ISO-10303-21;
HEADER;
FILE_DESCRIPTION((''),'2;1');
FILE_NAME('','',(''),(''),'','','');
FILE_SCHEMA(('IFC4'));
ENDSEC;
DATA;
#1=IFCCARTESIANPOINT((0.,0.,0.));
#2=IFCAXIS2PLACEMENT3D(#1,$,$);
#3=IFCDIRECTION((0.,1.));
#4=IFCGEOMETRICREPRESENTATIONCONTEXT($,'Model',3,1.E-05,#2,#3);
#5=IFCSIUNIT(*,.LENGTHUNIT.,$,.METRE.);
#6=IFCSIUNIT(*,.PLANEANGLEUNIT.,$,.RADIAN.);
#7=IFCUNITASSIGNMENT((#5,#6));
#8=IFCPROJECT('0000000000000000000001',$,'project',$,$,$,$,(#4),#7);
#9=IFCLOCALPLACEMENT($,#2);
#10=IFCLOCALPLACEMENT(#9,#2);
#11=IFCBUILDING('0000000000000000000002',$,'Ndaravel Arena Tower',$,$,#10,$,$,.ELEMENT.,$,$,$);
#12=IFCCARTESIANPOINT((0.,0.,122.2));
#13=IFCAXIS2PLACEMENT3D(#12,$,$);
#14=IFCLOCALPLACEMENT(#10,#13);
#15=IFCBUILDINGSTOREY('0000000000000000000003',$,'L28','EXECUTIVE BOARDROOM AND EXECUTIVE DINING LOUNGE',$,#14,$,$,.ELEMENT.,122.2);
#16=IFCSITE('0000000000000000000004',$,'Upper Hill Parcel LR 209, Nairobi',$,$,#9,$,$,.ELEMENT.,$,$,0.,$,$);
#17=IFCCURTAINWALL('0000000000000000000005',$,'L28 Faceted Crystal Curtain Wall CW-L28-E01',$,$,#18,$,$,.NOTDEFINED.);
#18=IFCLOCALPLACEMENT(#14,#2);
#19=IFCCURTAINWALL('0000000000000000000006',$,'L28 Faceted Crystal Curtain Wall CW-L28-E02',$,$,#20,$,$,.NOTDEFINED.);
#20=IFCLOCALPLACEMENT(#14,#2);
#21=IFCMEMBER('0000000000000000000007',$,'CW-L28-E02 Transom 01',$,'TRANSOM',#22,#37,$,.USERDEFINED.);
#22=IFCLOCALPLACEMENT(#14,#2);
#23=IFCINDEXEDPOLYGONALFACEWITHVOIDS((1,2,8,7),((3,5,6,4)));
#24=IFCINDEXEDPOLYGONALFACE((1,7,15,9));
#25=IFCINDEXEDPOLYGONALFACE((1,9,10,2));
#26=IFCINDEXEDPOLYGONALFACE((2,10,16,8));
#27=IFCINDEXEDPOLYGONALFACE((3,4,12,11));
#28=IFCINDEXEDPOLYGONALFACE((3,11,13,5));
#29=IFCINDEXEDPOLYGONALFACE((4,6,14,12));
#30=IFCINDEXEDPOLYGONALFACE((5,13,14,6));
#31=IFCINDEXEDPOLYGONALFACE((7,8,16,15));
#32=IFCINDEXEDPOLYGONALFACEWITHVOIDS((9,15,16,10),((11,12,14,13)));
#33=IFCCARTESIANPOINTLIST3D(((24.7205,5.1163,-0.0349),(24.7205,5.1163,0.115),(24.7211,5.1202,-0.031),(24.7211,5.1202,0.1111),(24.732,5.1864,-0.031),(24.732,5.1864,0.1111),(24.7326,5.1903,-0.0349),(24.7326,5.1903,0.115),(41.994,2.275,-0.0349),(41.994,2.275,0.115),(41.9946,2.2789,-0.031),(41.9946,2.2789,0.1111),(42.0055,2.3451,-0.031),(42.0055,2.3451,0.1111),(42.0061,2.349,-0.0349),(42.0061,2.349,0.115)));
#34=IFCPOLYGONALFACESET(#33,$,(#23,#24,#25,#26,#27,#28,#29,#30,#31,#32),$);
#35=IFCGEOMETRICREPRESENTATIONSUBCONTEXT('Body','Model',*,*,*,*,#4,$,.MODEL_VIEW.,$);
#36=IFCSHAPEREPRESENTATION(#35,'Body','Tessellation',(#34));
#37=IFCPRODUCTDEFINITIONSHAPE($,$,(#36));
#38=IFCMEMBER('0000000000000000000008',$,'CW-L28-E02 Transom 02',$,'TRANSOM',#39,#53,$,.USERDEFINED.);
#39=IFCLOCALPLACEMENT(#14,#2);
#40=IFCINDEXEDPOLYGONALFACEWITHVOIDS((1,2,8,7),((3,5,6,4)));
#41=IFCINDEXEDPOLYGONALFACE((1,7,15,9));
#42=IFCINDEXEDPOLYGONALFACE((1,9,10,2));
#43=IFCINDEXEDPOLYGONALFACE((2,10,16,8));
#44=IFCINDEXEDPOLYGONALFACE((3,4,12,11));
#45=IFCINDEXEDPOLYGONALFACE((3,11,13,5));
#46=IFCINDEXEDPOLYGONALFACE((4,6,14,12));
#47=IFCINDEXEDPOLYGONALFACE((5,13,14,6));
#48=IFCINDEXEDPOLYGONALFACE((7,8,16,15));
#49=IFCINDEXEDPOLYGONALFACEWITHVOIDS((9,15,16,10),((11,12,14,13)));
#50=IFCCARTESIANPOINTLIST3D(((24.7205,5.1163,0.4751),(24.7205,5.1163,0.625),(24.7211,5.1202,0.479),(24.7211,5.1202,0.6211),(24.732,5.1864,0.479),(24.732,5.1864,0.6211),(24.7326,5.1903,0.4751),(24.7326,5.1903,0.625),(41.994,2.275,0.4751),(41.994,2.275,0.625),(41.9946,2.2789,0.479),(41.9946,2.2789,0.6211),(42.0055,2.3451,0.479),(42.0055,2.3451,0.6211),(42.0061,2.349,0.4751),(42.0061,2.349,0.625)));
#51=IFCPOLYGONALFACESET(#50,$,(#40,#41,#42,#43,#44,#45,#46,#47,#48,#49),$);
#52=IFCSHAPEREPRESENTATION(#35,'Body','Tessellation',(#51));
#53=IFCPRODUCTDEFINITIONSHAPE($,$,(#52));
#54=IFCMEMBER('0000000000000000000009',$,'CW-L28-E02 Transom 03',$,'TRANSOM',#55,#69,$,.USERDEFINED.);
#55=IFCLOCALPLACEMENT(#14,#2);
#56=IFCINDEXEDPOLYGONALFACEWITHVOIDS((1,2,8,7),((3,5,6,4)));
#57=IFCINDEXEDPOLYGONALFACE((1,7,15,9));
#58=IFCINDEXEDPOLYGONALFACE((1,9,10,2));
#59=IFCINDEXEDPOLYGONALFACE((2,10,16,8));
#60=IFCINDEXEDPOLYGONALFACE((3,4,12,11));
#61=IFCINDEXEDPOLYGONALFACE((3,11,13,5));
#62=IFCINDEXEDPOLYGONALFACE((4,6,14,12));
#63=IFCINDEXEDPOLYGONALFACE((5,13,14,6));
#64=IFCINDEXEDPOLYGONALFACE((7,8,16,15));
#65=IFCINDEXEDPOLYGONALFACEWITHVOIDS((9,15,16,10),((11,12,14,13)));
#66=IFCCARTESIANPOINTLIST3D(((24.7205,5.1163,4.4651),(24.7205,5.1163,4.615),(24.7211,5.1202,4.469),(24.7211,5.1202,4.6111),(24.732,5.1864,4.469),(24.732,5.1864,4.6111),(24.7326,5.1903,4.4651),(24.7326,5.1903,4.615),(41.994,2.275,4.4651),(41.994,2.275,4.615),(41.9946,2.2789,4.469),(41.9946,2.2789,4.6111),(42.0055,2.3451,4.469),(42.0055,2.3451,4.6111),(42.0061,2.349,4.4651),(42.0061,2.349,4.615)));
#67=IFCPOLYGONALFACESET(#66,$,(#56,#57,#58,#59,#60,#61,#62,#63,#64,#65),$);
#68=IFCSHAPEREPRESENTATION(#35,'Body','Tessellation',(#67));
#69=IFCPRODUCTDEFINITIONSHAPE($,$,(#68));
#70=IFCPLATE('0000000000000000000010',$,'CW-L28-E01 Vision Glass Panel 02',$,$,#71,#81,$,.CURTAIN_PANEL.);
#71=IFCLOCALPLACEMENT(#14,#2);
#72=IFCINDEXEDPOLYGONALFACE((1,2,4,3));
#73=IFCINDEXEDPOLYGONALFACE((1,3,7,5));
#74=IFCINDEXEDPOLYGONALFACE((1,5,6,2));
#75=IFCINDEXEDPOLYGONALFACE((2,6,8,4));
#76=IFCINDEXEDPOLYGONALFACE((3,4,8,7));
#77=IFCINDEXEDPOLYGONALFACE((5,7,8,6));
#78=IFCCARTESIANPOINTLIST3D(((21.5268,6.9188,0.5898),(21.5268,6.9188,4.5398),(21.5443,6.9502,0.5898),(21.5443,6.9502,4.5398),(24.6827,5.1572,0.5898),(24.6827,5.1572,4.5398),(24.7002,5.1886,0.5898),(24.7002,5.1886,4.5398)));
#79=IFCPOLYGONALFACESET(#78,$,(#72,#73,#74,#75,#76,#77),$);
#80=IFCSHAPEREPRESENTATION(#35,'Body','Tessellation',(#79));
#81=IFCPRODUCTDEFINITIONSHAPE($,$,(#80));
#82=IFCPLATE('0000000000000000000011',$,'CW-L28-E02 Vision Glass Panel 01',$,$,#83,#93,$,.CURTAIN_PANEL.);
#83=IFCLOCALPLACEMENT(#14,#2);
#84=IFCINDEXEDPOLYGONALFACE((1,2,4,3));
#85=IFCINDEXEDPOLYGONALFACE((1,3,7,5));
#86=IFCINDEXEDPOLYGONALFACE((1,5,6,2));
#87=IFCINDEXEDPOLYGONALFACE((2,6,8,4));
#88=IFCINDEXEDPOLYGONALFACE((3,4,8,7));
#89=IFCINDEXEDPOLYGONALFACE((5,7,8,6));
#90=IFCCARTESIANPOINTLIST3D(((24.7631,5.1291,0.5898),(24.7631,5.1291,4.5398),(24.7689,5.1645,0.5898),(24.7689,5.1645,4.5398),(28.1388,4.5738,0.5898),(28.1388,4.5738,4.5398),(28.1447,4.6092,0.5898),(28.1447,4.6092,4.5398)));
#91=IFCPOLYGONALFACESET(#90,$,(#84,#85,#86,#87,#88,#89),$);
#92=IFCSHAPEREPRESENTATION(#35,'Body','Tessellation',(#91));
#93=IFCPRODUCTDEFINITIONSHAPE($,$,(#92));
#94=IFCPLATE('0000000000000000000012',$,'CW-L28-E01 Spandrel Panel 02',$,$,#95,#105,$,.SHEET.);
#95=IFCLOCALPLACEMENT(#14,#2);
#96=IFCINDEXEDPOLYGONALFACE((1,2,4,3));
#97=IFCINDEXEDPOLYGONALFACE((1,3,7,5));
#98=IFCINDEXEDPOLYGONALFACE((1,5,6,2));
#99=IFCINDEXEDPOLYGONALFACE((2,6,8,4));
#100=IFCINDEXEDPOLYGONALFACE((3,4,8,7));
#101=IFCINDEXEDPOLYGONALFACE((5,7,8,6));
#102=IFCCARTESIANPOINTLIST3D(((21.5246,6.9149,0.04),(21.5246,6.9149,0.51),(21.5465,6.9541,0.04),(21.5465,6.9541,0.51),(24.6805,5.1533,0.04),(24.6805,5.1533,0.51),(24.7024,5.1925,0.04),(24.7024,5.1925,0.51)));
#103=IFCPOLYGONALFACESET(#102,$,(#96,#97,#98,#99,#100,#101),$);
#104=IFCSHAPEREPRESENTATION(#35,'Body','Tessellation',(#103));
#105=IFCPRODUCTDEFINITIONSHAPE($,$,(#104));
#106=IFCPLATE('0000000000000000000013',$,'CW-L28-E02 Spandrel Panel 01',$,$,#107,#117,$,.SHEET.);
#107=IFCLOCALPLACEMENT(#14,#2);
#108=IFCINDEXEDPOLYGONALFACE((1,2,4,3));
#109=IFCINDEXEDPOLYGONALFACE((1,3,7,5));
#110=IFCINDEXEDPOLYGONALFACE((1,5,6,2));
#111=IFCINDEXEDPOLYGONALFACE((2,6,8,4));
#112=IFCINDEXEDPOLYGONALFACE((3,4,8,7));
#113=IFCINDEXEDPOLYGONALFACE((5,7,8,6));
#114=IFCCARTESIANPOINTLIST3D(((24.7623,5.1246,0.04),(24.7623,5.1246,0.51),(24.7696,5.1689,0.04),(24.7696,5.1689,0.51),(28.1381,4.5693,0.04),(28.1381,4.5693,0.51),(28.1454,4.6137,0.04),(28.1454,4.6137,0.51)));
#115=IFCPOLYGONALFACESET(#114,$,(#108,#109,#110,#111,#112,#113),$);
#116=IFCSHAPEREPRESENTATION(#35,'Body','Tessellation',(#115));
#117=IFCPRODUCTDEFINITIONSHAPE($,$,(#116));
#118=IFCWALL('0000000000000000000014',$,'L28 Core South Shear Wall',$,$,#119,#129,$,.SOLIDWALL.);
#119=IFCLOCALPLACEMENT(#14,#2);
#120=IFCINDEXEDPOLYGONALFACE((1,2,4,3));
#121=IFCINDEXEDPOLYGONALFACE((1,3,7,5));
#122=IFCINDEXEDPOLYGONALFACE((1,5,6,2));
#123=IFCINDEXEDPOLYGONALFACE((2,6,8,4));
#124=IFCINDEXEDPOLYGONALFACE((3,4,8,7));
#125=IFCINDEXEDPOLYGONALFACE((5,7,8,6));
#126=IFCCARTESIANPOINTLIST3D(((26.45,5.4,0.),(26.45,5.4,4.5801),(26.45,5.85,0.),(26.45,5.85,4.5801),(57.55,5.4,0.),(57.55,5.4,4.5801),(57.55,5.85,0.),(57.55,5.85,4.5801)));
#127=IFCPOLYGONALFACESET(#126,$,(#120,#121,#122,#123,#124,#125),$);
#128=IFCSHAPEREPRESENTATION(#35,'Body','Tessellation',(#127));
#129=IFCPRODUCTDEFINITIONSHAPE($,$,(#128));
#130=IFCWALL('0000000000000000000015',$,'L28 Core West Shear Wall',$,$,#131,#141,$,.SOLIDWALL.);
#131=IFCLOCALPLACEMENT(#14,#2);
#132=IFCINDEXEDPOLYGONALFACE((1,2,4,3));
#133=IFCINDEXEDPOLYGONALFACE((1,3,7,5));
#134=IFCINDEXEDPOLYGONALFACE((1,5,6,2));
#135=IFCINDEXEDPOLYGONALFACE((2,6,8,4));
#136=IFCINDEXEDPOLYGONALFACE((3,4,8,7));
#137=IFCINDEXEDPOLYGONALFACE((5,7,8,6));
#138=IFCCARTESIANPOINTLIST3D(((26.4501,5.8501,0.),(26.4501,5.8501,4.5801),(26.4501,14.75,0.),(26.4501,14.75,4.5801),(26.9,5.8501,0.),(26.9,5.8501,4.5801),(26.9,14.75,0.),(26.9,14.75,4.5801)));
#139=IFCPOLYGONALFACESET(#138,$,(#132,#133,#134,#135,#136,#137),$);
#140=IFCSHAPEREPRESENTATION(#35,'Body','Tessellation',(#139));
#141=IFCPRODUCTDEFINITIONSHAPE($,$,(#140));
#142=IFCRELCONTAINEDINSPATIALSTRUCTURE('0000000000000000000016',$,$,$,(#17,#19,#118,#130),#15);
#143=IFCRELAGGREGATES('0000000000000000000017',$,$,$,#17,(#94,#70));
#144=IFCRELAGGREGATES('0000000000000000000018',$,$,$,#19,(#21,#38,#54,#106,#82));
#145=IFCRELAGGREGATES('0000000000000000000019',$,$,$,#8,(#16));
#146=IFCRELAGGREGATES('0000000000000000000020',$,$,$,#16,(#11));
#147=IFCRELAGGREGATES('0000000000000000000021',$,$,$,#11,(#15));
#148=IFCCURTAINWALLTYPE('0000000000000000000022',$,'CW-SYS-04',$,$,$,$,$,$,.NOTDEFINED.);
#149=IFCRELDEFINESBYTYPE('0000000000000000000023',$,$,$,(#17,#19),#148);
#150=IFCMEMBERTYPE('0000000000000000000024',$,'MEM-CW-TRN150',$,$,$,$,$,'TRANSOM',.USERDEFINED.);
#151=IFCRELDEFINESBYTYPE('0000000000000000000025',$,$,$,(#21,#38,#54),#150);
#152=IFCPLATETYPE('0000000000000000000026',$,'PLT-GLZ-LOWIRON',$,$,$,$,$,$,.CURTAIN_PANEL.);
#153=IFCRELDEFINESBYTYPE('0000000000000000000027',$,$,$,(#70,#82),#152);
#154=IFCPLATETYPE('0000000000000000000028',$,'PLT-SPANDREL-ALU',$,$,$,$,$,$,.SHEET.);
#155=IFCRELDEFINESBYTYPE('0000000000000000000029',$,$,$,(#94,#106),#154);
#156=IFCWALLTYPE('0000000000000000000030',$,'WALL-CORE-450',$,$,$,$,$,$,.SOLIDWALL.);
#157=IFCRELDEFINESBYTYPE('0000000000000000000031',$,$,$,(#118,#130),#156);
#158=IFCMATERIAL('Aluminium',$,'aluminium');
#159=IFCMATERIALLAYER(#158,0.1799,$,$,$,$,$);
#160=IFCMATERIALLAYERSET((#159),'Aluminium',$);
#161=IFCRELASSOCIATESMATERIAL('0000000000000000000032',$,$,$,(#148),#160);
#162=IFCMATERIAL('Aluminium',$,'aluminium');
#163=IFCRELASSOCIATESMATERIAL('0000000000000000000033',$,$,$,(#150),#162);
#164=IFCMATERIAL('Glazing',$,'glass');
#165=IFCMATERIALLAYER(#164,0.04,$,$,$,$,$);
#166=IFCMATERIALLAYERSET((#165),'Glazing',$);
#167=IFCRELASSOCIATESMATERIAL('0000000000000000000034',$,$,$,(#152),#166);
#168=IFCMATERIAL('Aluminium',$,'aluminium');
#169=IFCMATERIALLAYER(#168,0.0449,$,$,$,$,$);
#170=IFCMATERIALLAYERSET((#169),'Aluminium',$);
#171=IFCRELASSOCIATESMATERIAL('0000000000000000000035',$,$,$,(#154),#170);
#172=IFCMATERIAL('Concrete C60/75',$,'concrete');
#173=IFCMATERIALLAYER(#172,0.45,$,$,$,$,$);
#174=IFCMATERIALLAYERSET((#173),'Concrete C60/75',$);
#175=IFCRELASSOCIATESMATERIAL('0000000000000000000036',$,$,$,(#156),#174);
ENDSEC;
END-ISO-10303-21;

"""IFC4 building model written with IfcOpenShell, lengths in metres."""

from ifc_helpers import new_model, si_unit, direction, frame, frame_2d, origin, origin_2d, place, context, subcontext, project, spatial, rectangle, hollow_rectangle, extrude, material, layer, layer_set, material_profile, profile_set, type_object, element, aggregate, save


model = new_model("IFC4")

# Units and contexts
model_context = context("Model", 3, precision=1e-05, world=origin(), true_north=direction((0.0, 1.0)))
body_context = subcontext(model_context, "Body", "Model", "MODEL_VIEW")
ifc_project = project(units=[si_unit("LENGTHUNIT", "METRE"), si_unit("PLANEANGLEUNIT", "RADIAN")], contexts=[model_context])

# Site, building, storey
site_placement = place(None, origin())
site = spatial("IfcSite", under=ifc_project, at=site_placement, Name="Upper Hill Parcel LR 209, Nairobi", CompositionType="ELEMENT", RefElevation=0.0)
building_placement = place(site_placement, origin())
building = spatial("IfcBuilding", under=site, at=building_placement, Name="Ndaravel Arena Tower", CompositionType="ELEMENT")
storey_placement = place(building_placement, frame((0.0, 0.0, 122.2)))
storey = spatial("IfcBuildingStorey", under=building, at=storey_placement, Name="L28", Description="EXECUTIVE BOARDROOM AND EXECUTIVE DINING LOUNGE", CompositionType="ELEMENT", Elevation=122.2)

# Curtain wall
ifc_material_1 = material(Name="Aluminium", Category="aluminium")
ifc_layer_1 = layer(ifc_material_1, 0.1799)
ifc_layer_set_1 = layer_set([ifc_layer_1], Name="Aluminium")
curtain_wall_type = type_object("IfcCurtainWallType", Name="CW-SYS-04", PredefinedType="NOTDEFINED", material=ifc_layer_set_1)
curtain_wall_1_placement = place(storey_placement, origin())
curtain_wall_1 = element("IfcCurtainWall", 1, at=curtain_wall_1_placement, inside=storey, type_object=curtain_wall_type, Name="L28 Faceted Crystal Curtain Wall CW-L28-E01", PredefinedType="NOTDEFINED")

# Curtain wall, members
curtain_wall_2_placement = place(storey_placement, origin())
curtain_wall_2 = element("IfcCurtainWall", 2, at=curtain_wall_2_placement, inside=storey, type_object=curtain_wall_type, Name="L28 Faceted Crystal Curtain Wall CW-L28-E02", PredefinedType="NOTDEFINED")
ifc_material_2 = material(Name="Aluminium", Category="aluminium")
ifc_material_profile_1 = material_profile(ifc_material_2, hollow_rectangle(XDim=0.075, YDim=0.1499, WallThickness=0.0039, at=origin_2d()), Name="CW TRANSOM 75x150x4")
ifc_profile_set_1 = profile_set([ifc_material_profile_1], Name="Aluminium")
member_type_1 = type_object("IfcMemberType", Name="MEM-CW-TRN150", ElementType="TRANSOM", PredefinedType="USERDEFINED", material=ifc_profile_set_1)
member_1_placement = place(storey_placement, frame((24.7266, 5.1533, 0.04), z_axis=(0.98674, -0.162309, 0.0), x_axis=(0.162309, 0.98674, 0.0)))
member_1 = element("IfcMember", 3, at=member_1_placement, type_object=member_type_1, Name="CW-L28-E02 Transom 01", ObjectType="TRANSOM", PredefinedType="USERDEFINED", context=body_context, shape_type="SweptSolid", body=[
    extrude(hollow_rectangle(XDim=0.075, YDim=0.1499, WallThickness=0.0039, at=origin_2d()), origin(), (0.0, 0.0, 1.0), 17.5056),
])
member_2_placement = place(storey_placement, frame((24.7266, 5.1533, 0.55), z_axis=(0.98674, -0.162309, 0.0), x_axis=(0.162309, 0.98674, 0.0)))
member_2 = element("IfcMember", 4, at=member_2_placement, type_object=member_type_1, Name="CW-L28-E02 Transom 02", ObjectType="TRANSOM", PredefinedType="USERDEFINED", context=body_context, shape_type="SweptSolid", body=[
    extrude(hollow_rectangle(XDim=0.075, YDim=0.1499, WallThickness=0.0039, at=origin_2d()), origin(), (0.0, 0.0, 1.0), 17.5056),
])
member_3_placement = place(storey_placement, frame((24.7266, 5.1533, 4.54), z_axis=(0.98674, -0.162309, 0.0), x_axis=(0.162309, 0.98674, 0.0)))
member_3 = element("IfcMember", 5, at=member_3_placement, type_object=member_type_1, Name="CW-L28-E02 Transom 03", ObjectType="TRANSOM", PredefinedType="USERDEFINED", context=body_context, shape_type="SweptSolid", body=[
    extrude(hollow_rectangle(XDim=0.075, YDim=0.1499, WallThickness=0.0039, at=origin_2d()), origin(), (0.0, 0.0, 1.0), 17.5056),
])

# Plates
ifc_material_3 = material(Name="Glazing", Category="glass")
ifc_layer_2 = layer(ifc_material_3, 0.04)
ifc_layer_set_2 = layer_set([ifc_layer_2], Name="Glazing")
plate_type_1 = type_object("IfcPlateType", Name="PLT-GLZ-LOWIRON", PredefinedType="CURTAIN_PANEL", material=ifc_layer_set_2)
plate_1_placement = place(storey_placement, frame((23.1135, 6.0537, 0.5898), z_axis=(0.0, 0.0, 1.0), x_axis=(0.873177, -0.487403, 0.0)))
plate_1 = element("IfcPlate", 6, at=plate_1_placement, type_object=plate_type_1, Name="CW-L28-E01 Vision Glass Panel 02", PredefinedType="CURTAIN_PANEL", context=body_context, shape_type="SweptSolid", body=[
    extrude(rectangle(XDim=3.6143, YDim=0.0359, at=origin_2d()), origin(), (0.0, 0.0, 1.0), 3.95),
])
plate_2_placement = place(storey_placement, frame((26.4539, 4.8691, 0.5898), z_axis=(0.0, 0.0, 1.0), x_axis=(0.98674, -0.16231, 0.0)))
plate_2 = element("IfcPlate", 7, at=plate_2_placement, type_object=plate_type_1, Name="CW-L28-E02 Vision Glass Panel 01", PredefinedType="CURTAIN_PANEL", context=body_context, shape_type="SweptSolid", body=[
    extrude(rectangle(XDim=3.4211, YDim=0.0359, at=origin_2d()), origin(), (0.0, 0.0, 1.0), 3.95),
])
ifc_material_4 = material(Name="Aluminium", Category="aluminium")
ifc_layer_3 = layer(ifc_material_4, 0.0449)
ifc_layer_set_3 = layer_set([ifc_layer_3], Name="Aluminium")
plate_type_2 = type_object("IfcPlateType", Name="PLT-SPANDREL-ALU", PredefinedType="SHEET", material=ifc_layer_set_3)
plate_3_placement = place(storey_placement, frame((23.1135, 6.0537, 0.04), z_axis=(0.0, 0.0, 1.0), x_axis=(0.873177, -0.487403, 0.0)))
plate_3 = element("IfcPlate", 8, at=plate_3_placement, type_object=plate_type_2, Name="CW-L28-E01 Spandrel Panel 02", PredefinedType="SHEET", context=body_context, shape_type="SweptSolid", body=[
    extrude(rectangle(XDim=3.6143, YDim=0.0449, at=origin_2d()), origin(), (0.0, 0.0, 1.0), 0.47),
])
aggregate(curtain_wall_1, [plate_3, plate_1])
plate_4_placement = place(storey_placement, frame((26.4539, 4.8691, 0.04), z_axis=(0.0, 0.0, 1.0), x_axis=(0.98674, -0.16231, 0.0)))
plate_4 = element("IfcPlate", 9, at=plate_4_placement, type_object=plate_type_2, Name="CW-L28-E02 Spandrel Panel 01", PredefinedType="SHEET", context=body_context, shape_type="SweptSolid", body=[
    extrude(rectangle(XDim=3.4211, YDim=0.0449, at=origin_2d()), origin(), (0.0, 0.0, 1.0), 0.47),
])
aggregate(curtain_wall_2, [member_1, member_2, member_3, plate_4, plate_2])

# Walls
ifc_material_5 = material(Name="Concrete C60/75", Category="concrete")
ifc_layer_4 = layer(ifc_material_5, 0.45)
ifc_layer_set_4 = layer_set([ifc_layer_4], Name="Concrete C60/75")
wall_type = type_object("IfcWallType", Name="WALL-CORE-450", PredefinedType="SOLIDWALL", material=ifc_layer_set_4)
wall_1_placement = place(storey_placement, frame((26.45, 5.625, 0.0), z_axis=(0.0, 0.0, 1.0), x_axis=(1.0, 0.0, 0.0)))
element("IfcWall", 10, at=wall_1_placement, inside=storey, type_object=wall_type, Name="L28 Core South Shear Wall", PredefinedType="SOLIDWALL", context=body_context, shape_type="SweptSolid", body=[
    extrude(rectangle(XDim=31.1001, YDim=0.45, at=frame_2d((15.55, 0.0))), origin(), (0.0, 0.0, 1.0), 4.5801),
])
wall_2_placement = place(storey_placement, frame((26.675, 5.8501, 0.0), z_axis=(0.0, 0.0, 1.0), x_axis=(0.0, 1.0, 0.0)))
element("IfcWall", 11, at=wall_2_placement, inside=storey, type_object=wall_type, Name="L28 Core West Shear Wall", PredefinedType="SOLIDWALL", context=body_context, shape_type="SweptSolid", body=[
    extrude(rectangle(XDim=8.8999, YDim=0.45, at=frame_2d((4.45, 0.0))), origin(), (0.0, 0.0, 1.0), 4.5801),
])

save(model, "model.ifc")
